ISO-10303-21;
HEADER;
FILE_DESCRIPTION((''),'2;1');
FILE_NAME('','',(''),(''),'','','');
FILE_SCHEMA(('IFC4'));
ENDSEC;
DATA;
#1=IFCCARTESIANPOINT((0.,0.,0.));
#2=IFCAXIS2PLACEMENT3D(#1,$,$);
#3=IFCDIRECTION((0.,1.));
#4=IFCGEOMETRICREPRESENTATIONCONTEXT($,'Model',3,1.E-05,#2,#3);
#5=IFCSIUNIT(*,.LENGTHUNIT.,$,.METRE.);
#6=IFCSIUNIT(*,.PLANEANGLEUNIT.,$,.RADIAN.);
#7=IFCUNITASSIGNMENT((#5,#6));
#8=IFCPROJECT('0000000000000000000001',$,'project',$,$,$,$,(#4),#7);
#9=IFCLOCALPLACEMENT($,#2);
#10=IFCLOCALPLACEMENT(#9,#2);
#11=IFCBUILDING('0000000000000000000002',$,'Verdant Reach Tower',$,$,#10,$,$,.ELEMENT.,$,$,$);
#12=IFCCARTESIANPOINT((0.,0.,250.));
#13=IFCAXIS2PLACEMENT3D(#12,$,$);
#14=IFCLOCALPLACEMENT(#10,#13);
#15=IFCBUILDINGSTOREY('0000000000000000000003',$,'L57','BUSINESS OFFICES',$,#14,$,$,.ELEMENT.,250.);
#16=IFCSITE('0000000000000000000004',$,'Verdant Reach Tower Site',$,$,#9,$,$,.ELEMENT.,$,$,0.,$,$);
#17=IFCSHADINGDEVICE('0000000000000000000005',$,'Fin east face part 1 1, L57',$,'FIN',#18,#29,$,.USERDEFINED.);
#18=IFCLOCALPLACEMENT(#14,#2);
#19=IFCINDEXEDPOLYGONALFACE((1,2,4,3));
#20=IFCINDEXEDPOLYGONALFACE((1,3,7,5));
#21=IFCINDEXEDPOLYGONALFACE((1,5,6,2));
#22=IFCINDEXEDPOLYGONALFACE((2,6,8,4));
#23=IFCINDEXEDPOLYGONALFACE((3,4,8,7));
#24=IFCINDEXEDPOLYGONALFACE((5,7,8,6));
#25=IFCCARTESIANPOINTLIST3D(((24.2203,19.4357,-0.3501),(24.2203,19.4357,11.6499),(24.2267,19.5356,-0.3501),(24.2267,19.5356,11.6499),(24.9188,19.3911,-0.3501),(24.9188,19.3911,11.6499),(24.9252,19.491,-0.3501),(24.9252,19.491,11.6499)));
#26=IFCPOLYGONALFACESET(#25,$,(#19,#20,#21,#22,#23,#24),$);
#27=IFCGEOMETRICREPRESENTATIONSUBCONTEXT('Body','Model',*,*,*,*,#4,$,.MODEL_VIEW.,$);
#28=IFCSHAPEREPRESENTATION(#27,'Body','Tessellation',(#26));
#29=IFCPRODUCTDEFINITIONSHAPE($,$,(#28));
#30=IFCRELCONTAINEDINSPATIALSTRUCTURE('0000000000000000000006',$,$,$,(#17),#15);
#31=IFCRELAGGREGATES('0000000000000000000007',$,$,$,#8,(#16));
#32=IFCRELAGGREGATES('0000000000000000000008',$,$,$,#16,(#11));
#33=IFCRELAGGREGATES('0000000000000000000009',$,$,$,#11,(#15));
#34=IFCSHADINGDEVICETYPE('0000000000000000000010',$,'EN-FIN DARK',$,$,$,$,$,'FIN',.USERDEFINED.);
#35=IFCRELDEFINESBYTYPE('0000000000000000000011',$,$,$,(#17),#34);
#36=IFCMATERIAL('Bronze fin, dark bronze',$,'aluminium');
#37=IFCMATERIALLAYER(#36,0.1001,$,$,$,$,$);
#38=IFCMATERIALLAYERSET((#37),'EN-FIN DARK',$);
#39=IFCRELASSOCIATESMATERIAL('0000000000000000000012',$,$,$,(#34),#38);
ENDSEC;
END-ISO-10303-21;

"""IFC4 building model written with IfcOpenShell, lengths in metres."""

from ifc_helpers import new_model, si_unit, direction, frame, origin, origin_2d, place, context, subcontext, project, spatial, rectangle, extrude, material, layer, layer_set, type_object, element, save


model = new_model("IFC4")

# Units and contexts
model_context = context("Model", 3, precision=1e-05, world=origin(), true_north=direction((0.0, 1.0)))
body_context = subcontext(model_context, "Body", "Model", "MODEL_VIEW")
ifc_project = project(units=[si_unit("LENGTHUNIT", "METRE"), si_unit("PLANEANGLEUNIT", "RADIAN")], contexts=[model_context])

# Site, building, storey
site_placement = place(None, origin())
site = spatial("IfcSite", under=ifc_project, at=site_placement, Name="Verdant Reach Tower Site", CompositionType="ELEMENT", RefElevation=0.0)
building_placement = place(site_placement, origin())
building = spatial("IfcBuilding", under=site, at=building_placement, Name="Verdant Reach Tower", CompositionType="ELEMENT")
storey_placement = place(building_placement, frame((0.0, 0.0, 250.0)))
storey = spatial("IfcBuildingStorey", under=building, at=storey_placement, Name="L57", Description="BUSINESS OFFICES", CompositionType="ELEMENT", Elevation=250.0)

# Shading device
ifc_material_1 = material(Name="Bronze fin, dark bronze", Category="aluminium")
ifc_layer_1 = layer(ifc_material_1, 0.1001)
ifc_layer_set_1 = layer_set([ifc_layer_1], Name="EN-FIN DARK")
shading_device_type_1 = type_object("IfcShadingDeviceType", Name="EN-FIN DARK", ElementType="FIN", PredefinedType="USERDEFINED", material=ifc_layer_set_1)
shading_device_1_placement = place(storey_placement, frame((24.5728, 19.4634, -0.3501), z_axis=(0.0, 0.0, 1.0), x_axis=(0.063699, 0.997969, 0.0)))
element("IfcShadingDevice", 1, at=shading_device_1_placement, inside=storey, type_object=shading_device_type_1, Name="Fin east face part 1 1, L57", ObjectType="FIN", PredefinedType="USERDEFINED", context=body_context, shape_type="SweptSolid", body=[
    extrude(rectangle(XDim=0.1001, YDim=0.7, at=origin_2d()), origin(), (0.0, 0.0, 1.0), 12.0),
])

save(model, "model.ifc")
